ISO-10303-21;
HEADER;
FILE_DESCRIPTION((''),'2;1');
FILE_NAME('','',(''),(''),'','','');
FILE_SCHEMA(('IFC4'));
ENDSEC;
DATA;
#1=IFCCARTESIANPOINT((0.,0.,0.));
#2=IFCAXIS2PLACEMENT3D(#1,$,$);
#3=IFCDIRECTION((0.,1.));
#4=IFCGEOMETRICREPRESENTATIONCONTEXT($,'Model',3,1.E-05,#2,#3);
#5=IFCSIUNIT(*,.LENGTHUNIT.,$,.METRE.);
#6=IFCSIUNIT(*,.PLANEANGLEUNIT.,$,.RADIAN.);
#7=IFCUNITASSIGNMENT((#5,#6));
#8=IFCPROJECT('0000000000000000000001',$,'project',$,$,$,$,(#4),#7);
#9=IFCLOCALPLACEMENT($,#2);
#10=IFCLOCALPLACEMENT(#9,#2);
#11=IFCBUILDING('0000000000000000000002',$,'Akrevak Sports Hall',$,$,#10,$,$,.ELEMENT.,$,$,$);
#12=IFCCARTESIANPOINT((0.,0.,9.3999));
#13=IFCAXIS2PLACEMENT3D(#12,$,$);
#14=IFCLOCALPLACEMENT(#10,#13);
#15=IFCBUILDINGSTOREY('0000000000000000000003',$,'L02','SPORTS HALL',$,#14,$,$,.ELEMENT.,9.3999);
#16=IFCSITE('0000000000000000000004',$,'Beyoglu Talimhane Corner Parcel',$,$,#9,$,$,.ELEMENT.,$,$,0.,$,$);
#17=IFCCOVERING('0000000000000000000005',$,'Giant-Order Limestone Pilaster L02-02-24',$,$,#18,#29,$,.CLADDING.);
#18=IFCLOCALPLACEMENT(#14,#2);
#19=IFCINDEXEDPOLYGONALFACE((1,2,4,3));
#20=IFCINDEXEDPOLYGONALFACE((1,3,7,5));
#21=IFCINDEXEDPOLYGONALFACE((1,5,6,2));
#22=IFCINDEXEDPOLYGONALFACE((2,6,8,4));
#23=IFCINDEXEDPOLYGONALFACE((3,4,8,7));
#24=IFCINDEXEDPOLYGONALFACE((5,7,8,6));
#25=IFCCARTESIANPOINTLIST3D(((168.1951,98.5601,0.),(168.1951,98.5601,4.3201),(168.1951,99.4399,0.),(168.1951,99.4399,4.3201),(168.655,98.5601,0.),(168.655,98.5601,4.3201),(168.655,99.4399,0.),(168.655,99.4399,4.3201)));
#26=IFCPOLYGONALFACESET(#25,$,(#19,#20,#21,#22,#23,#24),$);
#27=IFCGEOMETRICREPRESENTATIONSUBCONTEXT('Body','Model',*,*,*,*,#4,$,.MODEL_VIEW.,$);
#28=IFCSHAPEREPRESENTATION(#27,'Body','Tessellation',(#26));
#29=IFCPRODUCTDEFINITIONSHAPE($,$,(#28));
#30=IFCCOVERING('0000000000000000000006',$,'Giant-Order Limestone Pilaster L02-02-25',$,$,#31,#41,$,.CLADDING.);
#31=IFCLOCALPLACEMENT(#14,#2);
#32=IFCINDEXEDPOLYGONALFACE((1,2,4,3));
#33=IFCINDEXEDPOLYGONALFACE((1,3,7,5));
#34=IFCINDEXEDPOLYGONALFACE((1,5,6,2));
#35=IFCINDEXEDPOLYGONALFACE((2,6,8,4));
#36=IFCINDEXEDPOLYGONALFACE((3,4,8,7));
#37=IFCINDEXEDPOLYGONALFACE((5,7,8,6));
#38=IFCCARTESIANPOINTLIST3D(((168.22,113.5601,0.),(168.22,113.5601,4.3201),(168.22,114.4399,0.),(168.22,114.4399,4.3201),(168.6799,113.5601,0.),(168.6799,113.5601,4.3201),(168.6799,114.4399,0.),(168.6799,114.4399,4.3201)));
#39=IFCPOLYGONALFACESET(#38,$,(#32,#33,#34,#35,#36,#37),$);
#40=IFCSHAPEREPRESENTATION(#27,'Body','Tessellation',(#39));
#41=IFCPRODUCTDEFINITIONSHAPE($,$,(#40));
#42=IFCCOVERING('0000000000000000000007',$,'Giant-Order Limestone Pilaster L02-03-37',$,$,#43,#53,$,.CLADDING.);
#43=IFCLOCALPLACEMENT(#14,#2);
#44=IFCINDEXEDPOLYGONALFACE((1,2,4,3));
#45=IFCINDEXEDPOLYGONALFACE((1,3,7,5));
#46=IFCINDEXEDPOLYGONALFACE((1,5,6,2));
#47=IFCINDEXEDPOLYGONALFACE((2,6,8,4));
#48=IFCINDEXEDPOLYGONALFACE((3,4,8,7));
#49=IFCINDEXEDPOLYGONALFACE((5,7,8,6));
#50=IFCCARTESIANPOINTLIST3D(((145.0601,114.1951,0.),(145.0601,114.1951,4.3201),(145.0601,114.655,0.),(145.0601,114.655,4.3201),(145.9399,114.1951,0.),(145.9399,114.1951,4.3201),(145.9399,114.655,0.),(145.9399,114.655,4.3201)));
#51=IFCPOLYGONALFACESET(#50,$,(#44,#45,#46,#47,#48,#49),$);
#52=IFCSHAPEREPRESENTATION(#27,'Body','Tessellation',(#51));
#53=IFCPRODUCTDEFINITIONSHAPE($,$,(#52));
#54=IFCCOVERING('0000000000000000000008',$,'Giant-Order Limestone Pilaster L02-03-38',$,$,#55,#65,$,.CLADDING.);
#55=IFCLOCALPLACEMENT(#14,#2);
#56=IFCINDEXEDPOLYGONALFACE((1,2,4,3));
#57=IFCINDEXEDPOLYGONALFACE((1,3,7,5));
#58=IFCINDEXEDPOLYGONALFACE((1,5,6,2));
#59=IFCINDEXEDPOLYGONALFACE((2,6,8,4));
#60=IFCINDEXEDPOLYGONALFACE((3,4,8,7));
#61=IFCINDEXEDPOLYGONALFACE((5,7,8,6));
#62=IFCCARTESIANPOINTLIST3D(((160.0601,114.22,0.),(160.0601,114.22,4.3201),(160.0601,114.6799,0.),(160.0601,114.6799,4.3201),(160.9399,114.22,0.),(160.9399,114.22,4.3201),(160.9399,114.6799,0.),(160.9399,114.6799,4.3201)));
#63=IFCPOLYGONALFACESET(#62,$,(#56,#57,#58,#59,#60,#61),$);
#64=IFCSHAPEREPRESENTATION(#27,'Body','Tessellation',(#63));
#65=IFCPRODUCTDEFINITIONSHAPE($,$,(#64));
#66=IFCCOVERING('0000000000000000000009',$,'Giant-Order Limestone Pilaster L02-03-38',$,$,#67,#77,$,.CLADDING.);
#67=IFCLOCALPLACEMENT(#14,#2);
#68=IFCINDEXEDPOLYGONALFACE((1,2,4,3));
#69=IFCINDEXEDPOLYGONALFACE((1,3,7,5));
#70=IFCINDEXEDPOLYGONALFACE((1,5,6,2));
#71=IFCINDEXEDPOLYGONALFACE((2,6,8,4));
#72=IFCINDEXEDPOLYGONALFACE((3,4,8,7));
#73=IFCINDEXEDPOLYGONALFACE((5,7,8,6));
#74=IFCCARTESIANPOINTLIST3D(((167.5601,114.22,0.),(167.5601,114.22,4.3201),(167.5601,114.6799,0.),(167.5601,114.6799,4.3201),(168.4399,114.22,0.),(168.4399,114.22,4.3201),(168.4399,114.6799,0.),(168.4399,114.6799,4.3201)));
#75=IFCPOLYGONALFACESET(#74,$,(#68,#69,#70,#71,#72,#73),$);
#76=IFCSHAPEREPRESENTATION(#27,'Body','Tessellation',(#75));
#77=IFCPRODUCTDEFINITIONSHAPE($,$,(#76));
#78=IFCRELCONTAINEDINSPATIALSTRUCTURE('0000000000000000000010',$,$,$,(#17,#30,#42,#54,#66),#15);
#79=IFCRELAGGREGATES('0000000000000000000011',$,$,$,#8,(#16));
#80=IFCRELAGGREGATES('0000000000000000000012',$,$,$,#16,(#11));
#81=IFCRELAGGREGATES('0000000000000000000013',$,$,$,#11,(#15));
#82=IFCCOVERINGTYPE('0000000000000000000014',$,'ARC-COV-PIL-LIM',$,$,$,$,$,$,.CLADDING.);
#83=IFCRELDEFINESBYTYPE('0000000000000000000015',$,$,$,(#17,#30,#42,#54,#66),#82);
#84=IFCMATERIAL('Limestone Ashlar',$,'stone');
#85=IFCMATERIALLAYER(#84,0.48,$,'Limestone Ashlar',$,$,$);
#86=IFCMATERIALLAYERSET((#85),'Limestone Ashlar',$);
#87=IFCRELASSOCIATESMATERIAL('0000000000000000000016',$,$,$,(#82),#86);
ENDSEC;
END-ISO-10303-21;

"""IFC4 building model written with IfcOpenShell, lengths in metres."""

from ifc_helpers import new_model, si_unit, direction, frame, origin, origin_2d, place, context, subcontext, project, spatial, rectangle, extrude, material, layer, layer_set, type_object, element, save


model = new_model("IFC4")

# Units and contexts
model_context = context("Model", 3, precision=1e-05, world=origin(), true_north=direction((0.0, 1.0)))
body_context = subcontext(model_context, "Body", "Model", "MODEL_VIEW")
ifc_project = project(units=[si_unit("LENGTHUNIT", "METRE"), si_unit("PLANEANGLEUNIT", "RADIAN")], contexts=[model_context])

# Site, building, storey
site_placement = place(None, origin())
site = spatial("IfcSite", under=ifc_project, at=site_placement, Name="Beyoglu Talimhane Corner Parcel", CompositionType="ELEMENT", RefElevation=0.0)
building_placement = place(site_placement, origin())
building = spatial("IfcBuilding", under=site, at=building_placement, Name="Akrevak Sports Hall", CompositionType="ELEMENT")
storey_placement = place(building_placement, frame((0.0, 0.0, 9.3999)))
storey = spatial("IfcBuildingStorey", under=building, at=storey_placement, Name="L02", Description="SPORTS HALL", CompositionType="ELEMENT", Elevation=9.3999)

# Shared definitions
ifc_material_1 = material(Name="Limestone Ashlar", Category="stone")

# Coverings
ifc_layer_1 = layer(ifc_material_1, 0.48, Name="Limestone Ashlar")
ifc_layer_set_1 = layer_set([ifc_layer_1], Name="Limestone Ashlar")
covering_type = type_object("IfcCoveringType", Name="ARC-COV-PIL-LIM", PredefinedType="CLADDING", material=ifc_layer_set_1)
for number, where, z_axis, x_axis, name in (
    (1, (168.425, 99.0, 0.0), (0.0, 0.0, 1.0), (0.0, 1.0, 0.0), "Giant-Order Limestone Pilaster L02-02-24"),
    (2, (168.45, 114.0, 0.0), (0.0, 0.0, 1.0), (0.0, 1.0, 0.0), "Giant-Order Limestone Pilaster L02-02-25"),
    (3, (145.5, 114.425, 0.0), (0.0, 0.0, 1.0), (-1.0, 0.0, 0.0), "Giant-Order Limestone Pilaster L02-03-37"),
    (4, (160.5, 114.45, 0.0), (0.0, 0.0, 1.0), (-1.0, 0.0, 0.0), "Giant-Order Limestone Pilaster L02-03-38"),
    (5, (168.0, 114.45, 0.0), (0.0, 0.0, 1.0), (-1.0, 0.0, 0.0), "Giant-Order Limestone Pilaster L02-03-38"),
):
    element("IfcCovering", number, at=place(storey_placement, frame(where, z_axis=z_axis, x_axis=x_axis)), inside=storey, type_object=covering_type, Name=name, PredefinedType="CLADDING", context=body_context, shape_type="SweptSolid", body=[
        extrude(rectangle(XDim=0.8799, YDim=0.46, at=origin_2d()), origin(), (0.0, 0.0, 1.0), 4.3201),
    ])

save(model, "model.ifc")
